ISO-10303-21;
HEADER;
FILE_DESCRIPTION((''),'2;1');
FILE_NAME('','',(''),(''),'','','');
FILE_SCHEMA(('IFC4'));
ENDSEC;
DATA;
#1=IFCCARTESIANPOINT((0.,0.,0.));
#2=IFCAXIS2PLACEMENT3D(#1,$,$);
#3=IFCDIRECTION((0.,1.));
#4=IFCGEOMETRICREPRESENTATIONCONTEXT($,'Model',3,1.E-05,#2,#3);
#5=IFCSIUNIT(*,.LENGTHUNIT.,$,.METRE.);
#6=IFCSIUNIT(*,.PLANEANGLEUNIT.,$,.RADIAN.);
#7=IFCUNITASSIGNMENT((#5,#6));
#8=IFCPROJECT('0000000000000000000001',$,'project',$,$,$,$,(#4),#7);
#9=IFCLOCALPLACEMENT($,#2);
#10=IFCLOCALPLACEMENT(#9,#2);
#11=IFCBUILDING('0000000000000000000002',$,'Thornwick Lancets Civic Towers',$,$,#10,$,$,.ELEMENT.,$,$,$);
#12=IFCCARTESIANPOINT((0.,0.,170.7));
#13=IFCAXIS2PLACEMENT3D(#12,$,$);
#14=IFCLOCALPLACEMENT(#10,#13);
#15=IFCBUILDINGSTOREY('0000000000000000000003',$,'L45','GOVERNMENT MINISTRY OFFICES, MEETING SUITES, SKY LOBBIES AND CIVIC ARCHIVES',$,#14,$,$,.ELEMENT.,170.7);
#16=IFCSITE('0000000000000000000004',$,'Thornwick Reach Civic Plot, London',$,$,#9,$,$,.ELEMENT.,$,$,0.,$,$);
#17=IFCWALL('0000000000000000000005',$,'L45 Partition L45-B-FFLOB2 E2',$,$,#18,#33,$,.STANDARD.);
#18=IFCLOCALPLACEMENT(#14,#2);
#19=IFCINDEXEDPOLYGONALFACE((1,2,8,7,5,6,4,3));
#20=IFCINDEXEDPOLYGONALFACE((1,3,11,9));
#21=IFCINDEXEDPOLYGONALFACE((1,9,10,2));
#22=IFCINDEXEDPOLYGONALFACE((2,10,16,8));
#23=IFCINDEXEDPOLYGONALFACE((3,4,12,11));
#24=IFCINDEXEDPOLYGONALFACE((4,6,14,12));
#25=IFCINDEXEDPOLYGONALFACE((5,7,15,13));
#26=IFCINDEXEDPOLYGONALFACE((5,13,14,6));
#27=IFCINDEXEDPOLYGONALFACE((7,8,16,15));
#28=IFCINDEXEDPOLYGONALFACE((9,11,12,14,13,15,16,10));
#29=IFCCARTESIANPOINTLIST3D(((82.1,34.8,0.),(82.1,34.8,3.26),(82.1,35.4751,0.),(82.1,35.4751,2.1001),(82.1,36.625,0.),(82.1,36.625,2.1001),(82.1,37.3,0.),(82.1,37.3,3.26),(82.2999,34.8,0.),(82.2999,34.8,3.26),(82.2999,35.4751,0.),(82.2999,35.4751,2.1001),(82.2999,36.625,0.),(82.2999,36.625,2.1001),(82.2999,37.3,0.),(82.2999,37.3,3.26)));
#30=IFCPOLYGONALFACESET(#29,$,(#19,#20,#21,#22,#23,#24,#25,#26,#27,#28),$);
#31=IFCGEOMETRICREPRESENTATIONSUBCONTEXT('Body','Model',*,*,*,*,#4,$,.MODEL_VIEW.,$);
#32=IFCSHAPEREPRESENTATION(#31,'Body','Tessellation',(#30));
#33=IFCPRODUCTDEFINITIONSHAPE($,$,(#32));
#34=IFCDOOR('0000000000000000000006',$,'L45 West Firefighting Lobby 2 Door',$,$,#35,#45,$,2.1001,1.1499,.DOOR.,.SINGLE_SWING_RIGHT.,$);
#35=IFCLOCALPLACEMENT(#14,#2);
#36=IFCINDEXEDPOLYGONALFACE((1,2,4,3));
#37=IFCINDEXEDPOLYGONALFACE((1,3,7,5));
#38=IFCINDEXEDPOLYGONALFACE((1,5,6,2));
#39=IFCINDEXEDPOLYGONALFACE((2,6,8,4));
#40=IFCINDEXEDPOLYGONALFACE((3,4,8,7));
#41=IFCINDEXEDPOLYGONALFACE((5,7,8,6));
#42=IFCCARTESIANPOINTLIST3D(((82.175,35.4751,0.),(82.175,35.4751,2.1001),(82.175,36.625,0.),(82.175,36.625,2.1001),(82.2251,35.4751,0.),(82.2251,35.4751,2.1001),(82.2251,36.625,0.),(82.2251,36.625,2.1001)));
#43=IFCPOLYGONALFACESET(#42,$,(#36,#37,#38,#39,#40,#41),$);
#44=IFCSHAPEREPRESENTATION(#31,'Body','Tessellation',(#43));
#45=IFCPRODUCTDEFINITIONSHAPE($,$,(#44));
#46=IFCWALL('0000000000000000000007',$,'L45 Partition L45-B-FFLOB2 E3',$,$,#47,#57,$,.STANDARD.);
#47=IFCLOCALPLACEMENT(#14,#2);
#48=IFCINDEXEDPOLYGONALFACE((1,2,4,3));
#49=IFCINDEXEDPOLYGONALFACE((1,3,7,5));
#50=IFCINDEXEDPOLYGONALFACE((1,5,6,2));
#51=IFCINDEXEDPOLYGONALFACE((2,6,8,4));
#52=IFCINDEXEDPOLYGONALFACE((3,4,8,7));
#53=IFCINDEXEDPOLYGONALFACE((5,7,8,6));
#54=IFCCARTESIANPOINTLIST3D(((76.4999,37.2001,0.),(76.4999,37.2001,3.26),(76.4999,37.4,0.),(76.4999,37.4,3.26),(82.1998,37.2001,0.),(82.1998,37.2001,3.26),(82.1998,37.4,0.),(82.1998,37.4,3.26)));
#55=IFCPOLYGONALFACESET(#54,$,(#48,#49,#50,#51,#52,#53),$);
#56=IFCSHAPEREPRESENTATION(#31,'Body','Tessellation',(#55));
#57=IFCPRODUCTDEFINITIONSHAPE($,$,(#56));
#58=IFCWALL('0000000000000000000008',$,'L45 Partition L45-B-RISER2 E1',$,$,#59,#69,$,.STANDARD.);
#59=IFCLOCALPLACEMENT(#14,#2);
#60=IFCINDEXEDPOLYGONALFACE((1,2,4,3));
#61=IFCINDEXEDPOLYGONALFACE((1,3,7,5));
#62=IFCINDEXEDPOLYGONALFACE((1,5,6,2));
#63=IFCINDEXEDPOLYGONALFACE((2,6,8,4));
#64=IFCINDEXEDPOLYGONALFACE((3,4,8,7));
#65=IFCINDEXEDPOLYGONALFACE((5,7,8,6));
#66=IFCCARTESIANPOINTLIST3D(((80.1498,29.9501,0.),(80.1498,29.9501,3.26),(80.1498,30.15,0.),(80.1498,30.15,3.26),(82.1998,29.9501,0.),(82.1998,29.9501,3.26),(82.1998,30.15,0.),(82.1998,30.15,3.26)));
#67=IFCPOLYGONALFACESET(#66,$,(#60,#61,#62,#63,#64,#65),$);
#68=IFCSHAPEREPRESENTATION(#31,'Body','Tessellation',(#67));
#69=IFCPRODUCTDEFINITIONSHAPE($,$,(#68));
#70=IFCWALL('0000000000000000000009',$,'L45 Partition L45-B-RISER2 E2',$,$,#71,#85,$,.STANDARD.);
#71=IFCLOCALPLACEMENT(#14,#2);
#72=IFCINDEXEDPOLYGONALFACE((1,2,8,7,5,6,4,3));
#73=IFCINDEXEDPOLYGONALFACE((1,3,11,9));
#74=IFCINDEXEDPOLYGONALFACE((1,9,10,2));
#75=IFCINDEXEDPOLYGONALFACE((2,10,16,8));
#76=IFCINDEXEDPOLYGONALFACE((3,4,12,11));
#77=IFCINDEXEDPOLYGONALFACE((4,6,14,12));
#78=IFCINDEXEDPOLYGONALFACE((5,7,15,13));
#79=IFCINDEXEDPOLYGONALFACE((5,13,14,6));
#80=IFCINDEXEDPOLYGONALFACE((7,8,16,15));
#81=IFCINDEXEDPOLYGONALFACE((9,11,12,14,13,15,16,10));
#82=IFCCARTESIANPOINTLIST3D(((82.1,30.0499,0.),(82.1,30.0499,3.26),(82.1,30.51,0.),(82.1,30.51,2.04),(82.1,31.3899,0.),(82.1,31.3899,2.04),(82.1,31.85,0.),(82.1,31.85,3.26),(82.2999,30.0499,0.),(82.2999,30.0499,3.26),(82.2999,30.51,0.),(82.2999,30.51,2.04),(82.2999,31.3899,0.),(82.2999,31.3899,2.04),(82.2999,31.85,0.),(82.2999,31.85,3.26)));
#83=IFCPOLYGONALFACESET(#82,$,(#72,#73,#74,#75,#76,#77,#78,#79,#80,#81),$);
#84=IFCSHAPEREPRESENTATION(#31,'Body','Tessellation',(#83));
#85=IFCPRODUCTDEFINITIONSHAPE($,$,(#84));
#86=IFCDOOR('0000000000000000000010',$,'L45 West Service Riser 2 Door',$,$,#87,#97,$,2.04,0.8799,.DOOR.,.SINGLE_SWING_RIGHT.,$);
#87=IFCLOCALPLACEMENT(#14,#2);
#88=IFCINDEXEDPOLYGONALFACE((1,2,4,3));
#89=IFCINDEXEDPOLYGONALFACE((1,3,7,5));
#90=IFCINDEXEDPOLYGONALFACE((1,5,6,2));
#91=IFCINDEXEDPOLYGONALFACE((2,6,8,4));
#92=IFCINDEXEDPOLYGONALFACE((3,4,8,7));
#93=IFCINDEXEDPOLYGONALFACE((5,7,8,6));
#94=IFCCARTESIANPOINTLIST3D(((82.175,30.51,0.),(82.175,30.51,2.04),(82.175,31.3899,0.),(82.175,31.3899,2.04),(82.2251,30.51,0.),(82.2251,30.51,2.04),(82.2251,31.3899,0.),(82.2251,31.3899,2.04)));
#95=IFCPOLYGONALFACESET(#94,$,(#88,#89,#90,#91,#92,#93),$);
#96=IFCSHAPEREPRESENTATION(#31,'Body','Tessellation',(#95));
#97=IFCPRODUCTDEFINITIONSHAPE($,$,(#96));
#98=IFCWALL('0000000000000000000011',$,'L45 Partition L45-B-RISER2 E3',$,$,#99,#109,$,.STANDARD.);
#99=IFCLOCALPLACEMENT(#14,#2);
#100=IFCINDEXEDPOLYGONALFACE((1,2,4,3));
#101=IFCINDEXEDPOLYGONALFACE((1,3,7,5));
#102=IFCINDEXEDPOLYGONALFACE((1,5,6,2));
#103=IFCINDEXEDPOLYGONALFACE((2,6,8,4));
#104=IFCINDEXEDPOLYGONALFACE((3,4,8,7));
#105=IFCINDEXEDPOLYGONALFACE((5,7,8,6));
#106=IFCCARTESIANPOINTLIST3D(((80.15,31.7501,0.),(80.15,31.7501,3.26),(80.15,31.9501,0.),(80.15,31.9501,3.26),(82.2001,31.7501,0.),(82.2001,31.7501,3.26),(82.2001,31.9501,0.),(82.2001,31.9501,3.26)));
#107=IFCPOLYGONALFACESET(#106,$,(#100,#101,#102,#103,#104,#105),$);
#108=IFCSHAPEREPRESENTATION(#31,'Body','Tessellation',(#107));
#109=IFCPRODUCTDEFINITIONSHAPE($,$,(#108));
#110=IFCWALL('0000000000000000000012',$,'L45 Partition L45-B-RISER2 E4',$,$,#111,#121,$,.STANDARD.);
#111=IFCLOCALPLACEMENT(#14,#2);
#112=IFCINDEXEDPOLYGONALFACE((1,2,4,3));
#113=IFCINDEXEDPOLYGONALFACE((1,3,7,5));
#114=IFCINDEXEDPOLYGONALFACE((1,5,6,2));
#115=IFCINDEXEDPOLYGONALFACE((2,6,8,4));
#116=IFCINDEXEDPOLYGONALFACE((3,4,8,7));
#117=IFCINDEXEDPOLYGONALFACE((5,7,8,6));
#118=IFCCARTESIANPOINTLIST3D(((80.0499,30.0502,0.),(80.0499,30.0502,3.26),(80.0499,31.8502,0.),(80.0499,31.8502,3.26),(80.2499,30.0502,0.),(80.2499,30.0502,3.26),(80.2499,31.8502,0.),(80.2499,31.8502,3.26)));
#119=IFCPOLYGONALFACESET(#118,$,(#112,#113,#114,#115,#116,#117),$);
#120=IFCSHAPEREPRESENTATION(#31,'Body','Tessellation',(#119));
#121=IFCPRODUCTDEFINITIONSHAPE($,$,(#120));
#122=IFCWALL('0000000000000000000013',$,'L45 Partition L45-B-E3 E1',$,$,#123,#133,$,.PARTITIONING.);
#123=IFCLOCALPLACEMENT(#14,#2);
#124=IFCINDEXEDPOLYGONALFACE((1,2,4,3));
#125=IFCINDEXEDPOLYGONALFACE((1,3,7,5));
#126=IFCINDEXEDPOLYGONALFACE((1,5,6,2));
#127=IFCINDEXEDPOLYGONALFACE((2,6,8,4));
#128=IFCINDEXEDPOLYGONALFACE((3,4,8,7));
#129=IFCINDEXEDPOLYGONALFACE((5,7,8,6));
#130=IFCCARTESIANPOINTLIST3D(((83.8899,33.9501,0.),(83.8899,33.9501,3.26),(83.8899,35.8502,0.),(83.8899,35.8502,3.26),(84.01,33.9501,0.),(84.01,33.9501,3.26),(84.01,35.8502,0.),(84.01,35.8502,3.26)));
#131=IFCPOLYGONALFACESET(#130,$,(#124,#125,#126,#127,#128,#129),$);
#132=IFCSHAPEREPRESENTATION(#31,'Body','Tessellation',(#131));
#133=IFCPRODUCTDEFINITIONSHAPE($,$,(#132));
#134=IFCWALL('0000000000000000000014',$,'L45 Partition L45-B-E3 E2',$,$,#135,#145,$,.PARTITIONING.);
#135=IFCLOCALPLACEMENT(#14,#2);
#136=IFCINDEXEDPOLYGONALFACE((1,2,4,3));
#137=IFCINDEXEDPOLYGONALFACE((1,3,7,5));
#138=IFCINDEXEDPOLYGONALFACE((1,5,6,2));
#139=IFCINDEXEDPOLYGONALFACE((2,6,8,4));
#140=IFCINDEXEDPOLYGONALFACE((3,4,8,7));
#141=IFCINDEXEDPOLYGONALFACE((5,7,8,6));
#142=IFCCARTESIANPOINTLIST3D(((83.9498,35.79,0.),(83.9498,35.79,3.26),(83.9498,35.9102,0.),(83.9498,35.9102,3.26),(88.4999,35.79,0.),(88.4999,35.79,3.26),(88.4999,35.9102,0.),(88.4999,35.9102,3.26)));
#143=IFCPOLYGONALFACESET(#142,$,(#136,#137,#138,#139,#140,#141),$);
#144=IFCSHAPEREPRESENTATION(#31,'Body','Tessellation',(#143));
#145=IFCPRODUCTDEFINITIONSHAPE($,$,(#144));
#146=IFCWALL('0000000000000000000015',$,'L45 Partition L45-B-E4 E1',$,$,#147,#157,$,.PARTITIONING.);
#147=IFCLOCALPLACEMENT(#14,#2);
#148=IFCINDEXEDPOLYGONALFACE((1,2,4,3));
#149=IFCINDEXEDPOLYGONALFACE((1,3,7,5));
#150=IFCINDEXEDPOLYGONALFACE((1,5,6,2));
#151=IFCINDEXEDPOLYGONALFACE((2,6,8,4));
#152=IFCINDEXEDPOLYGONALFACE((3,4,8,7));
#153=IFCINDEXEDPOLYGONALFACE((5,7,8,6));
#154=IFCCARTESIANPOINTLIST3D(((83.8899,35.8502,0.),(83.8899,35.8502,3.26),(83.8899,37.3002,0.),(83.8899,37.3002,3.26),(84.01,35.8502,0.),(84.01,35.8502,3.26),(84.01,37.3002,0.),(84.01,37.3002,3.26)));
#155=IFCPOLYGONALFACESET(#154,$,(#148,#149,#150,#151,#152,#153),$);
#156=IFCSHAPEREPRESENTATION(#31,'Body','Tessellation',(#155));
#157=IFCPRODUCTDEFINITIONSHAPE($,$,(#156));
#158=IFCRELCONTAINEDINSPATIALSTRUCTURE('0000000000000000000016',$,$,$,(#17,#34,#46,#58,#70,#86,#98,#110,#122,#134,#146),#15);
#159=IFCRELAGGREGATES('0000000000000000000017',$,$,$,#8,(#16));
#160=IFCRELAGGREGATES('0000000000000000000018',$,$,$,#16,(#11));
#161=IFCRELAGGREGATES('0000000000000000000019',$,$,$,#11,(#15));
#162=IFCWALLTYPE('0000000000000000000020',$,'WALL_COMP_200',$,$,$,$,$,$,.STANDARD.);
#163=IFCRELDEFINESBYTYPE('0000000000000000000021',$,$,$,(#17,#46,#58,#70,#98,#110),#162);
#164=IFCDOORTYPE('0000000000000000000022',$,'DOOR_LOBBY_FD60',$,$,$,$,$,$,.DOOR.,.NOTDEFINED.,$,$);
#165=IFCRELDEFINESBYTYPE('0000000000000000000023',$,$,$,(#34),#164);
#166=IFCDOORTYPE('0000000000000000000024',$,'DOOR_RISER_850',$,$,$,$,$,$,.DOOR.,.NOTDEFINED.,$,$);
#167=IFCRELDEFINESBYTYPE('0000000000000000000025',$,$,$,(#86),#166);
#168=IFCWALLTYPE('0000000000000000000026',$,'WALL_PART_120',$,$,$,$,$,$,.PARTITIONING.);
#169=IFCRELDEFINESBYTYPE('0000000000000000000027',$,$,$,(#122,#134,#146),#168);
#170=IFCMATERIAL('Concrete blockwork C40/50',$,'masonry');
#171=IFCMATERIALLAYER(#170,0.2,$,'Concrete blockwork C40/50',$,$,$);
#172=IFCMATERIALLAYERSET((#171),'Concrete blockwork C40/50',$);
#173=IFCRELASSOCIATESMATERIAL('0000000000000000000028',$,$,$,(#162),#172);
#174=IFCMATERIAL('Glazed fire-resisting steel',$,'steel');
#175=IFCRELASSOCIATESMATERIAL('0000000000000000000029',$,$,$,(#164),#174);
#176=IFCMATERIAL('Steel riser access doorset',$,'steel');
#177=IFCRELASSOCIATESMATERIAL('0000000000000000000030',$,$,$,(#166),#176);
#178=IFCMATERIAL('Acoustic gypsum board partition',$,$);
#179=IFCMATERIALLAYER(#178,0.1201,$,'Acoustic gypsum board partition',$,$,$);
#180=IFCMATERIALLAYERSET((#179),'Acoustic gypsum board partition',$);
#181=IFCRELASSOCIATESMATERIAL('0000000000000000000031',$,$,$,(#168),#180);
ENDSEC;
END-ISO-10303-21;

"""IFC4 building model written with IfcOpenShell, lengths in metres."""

from ifc_helpers import new_model, si_unit, direction, frame, frame_2d, origin, place, context, subcontext, project, spatial, rectangle, extrude, material, layer, layer_set, type_object, element, fill, save


model = new_model("IFC4")

# Units and contexts
model_context = context("Model", 3, precision=1e-05, world=origin(), true_north=direction((0.0, 1.0)))
body_context = subcontext(model_context, "Body", "Model", "MODEL_VIEW")
ifc_project = project(units=[si_unit("LENGTHUNIT", "METRE"), si_unit("PLANEANGLEUNIT", "RADIAN")], contexts=[model_context])

# Site, building, storey
site_placement = place(None, origin())
site = spatial("IfcSite", under=ifc_project, at=site_placement, Name="Thornwick Reach Civic Plot, London", CompositionType="ELEMENT", RefElevation=0.0)
building_placement = place(site_placement, origin())
building = spatial("IfcBuilding", under=site, at=building_placement, Name="Thornwick Lancets Civic Towers", CompositionType="ELEMENT")
storey_placement = place(building_placement, frame((0.0, 0.0, 170.7)))
storey = spatial("IfcBuildingStorey", under=building, at=storey_placement, Name="L45", Description="GOVERNMENT MINISTRY OFFICES, MEETING SUITES, SKY LOBBIES AND CIVIC ARCHIVES", CompositionType="ELEMENT", Elevation=170.7)

# Shared definitions
ifc_material_1 = material(Name="Concrete blockwork C40/50", Category="masonry")
ifc_layer_1 = layer(ifc_material_1, 0.2, Name="Concrete blockwork C40/50")
ifc_layer_set_1 = layer_set([ifc_layer_1], Name="Concrete blockwork C40/50")
wall_type_1 = type_object("IfcWallType", Name="WALL_COMP_200", PredefinedType="STANDARD", material=ifc_layer_set_1)

# Wall, opening, door
wall_1_placement = place(storey_placement, frame((82.2, 34.8, 0.0), z_axis=(0.0, 0.0, 1.0), x_axis=(0.0, 1.0, 0.0)))
wall_1 = element("IfcWall", 1, at=wall_1_placement, inside=storey, type_object=wall_type_1, Name="L45 Partition L45-B-FFLOB2 E2", PredefinedType="STANDARD", context=body_context, shape_type="SweptSolid", body=[
    extrude(rectangle(XDim=2.5, YDim=0.2, at=frame_2d((1.25, 0.0))), origin(), (0.0, 0.0, 1.0), 3.26),
])
opening_1_placement = place(wall_1_placement, frame((0.675, 0.0, 0.0)))
opening_1 = element("IfcOpeningElement", 2, at=opening_1_placement, cuts=wall_1, PredefinedType="OPENING", context=body_context, shape_type="SweptSolid", body=[
    extrude(rectangle(XDim=1.1499, YDim=2.1001, at=frame_2d((0.575, 1.05))), frame((0.0, 0.1099, 0.0), z_axis=(0.0, -1.0, 0.0), x_axis=(1.0, 0.0, 0.0)), (0.0, 0.0, 1.0), 0.22),
])
ifc_material_2 = material(Name="Glazed fire-resisting steel", Category="steel")
door_type_1 = type_object("IfcDoorType", Name="DOOR_LOBBY_FD60", OperationType="NOTDEFINED", PredefinedType="DOOR", material=ifc_material_2)
door_1_placement = place(opening_1_placement, origin())
door_1 = element("IfcDoor", 3, at=door_1_placement, inside=storey, type_object=door_type_1, Name="L45 West Firefighting Lobby 2 Door", OperationType="SINGLE_SWING_RIGHT", OverallHeight=2.1001, OverallWidth=1.1499, PredefinedType="DOOR", context=body_context, shape_type="SweptSolid", body=[
    extrude(rectangle(XDim=1.1499, YDim=2.1001, at=frame_2d((0.575, 1.05))), frame((0.0, 0.0249, 0.0), z_axis=(0.0, -1.0, 0.0), x_axis=(1.0, 0.0, 0.0)), (0.0, 0.0, 1.0), 0.05),
])
fill(opening_1, door_1)

# Walls
wall_2_placement = place(storey_placement, frame((82.2, 37.3, 0.0), z_axis=(0.0, 0.0, 1.0), x_axis=(-1.0, 0.0, 0.0)))
element("IfcWall", 4, at=wall_2_placement, inside=storey, type_object=wall_type_1, Name="L45 Partition L45-B-FFLOB2 E3", PredefinedType="STANDARD", context=body_context, shape_type="SweptSolid", body=[
    extrude(rectangle(XDim=5.7, YDim=0.2, at=frame_2d((2.8501, 0.0))), origin(), (0.0, 0.0, 1.0), 3.26),
])
wall_3_placement = place(storey_placement, frame((80.1499, 30.05, 0.0), z_axis=(0.0, 0.0, 1.0), x_axis=(1.0, 0.0, 0.0)))
element("IfcWall", 5, at=wall_3_placement, inside=storey, type_object=wall_type_1, Name="L45 Partition L45-B-RISER2 E1", PredefinedType="STANDARD", context=body_context, shape_type="SweptSolid", body=[
    extrude(rectangle(XDim=2.05, YDim=0.2, at=frame_2d((1.0249, 0.0))), origin(), (0.0, 0.0, 1.0), 3.26),
])

# Wall, opening, door
wall_4_placement = place(storey_placement, frame((82.2, 30.05, 0.0), z_axis=(0.0, 0.0, 1.0), x_axis=(0.0, 1.0, 0.0)))
wall_4 = element("IfcWall", 6, at=wall_4_placement, inside=storey, type_object=wall_type_1, Name="L45 Partition L45-B-RISER2 E2", PredefinedType="STANDARD", context=body_context, shape_type="SweptSolid", body=[
    extrude(rectangle(XDim=1.8, YDim=0.2, at=frame_2d((0.8999, 0.0))), origin(), (0.0, 0.0, 1.0), 3.26),
])
opening_2_placement = place(wall_4_placement, frame((0.46, 0.0, 0.0)))
opening_2 = element("IfcOpeningElement", 7, at=opening_2_placement, cuts=wall_4, PredefinedType="OPENING", context=body_context, shape_type="SweptSolid", body=[
    extrude(rectangle(XDim=0.8799, YDim=2.04, at=frame_2d((0.4399, 1.02))), frame((0.0, 0.1099, 0.0), z_axis=(0.0, -1.0, 0.0), x_axis=(1.0, 0.0, 0.0)), (0.0, 0.0, 1.0), 0.22),
])
ifc_material_3 = material(Name="Steel riser access doorset", Category="steel")
door_type_2 = type_object("IfcDoorType", Name="DOOR_RISER_850", OperationType="NOTDEFINED", PredefinedType="DOOR", material=ifc_material_3)
door_2_placement = place(opening_2_placement, origin())
door_2 = element("IfcDoor", 8, at=door_2_placement, inside=storey, type_object=door_type_2, Name="L45 West Service Riser 2 Door", OperationType="SINGLE_SWING_RIGHT", OverallHeight=2.04, OverallWidth=0.8799, PredefinedType="DOOR", context=body_context, shape_type="SweptSolid", body=[
    extrude(rectangle(XDim=0.8799, YDim=2.04, at=frame_2d((0.4399, 1.02))), frame((0.0, 0.0249, 0.0), z_axis=(0.0, -1.0, 0.0), x_axis=(1.0, 0.0, 0.0)), (0.0, 0.0, 1.0), 0.05),
])
fill(opening_2, door_2)

# Walls
wall_5_placement = place(storey_placement, frame((82.2, 31.8501, 0.0), z_axis=(0.0, 0.0, 1.0), x_axis=(-1.0, 0.0, 0.0)))
element("IfcWall", 9, at=wall_5_placement, inside=storey, type_object=wall_type_1, Name="L45 Partition L45-B-RISER2 E3", PredefinedType="STANDARD", context=body_context, shape_type="SweptSolid", body=[
    extrude(rectangle(XDim=2.05, YDim=0.2, at=frame_2d((1.0249, 0.0))), origin(), (0.0, 0.0, 1.0), 3.26),
])
wall_6_placement = place(storey_placement, frame((80.1499, 31.8501, 0.0), z_axis=(0.0, 0.0, 1.0), x_axis=(0.0, -1.0, 0.0)))
element("IfcWall", 10, at=wall_6_placement, inside=storey, type_object=wall_type_1, Name="L45 Partition L45-B-RISER2 E4", PredefinedType="STANDARD", context=body_context, shape_type="SweptSolid", body=[
    extrude(rectangle(XDim=1.8, YDim=0.2, at=frame_2d((0.8999, 0.0))), origin(), (0.0, 0.0, 1.0), 3.26),
])
ifc_material_4 = material(Name="Acoustic gypsum board partition")
ifc_layer_2 = layer(ifc_material_4, 0.1201, Name="Acoustic gypsum board partition")
ifc_layer_set_2 = layer_set([ifc_layer_2], Name="Acoustic gypsum board partition")
wall_type_2 = type_object("IfcWallType", Name="WALL_PART_120", PredefinedType="PARTITIONING", material=ifc_layer_set_2)
wall_7_placement = place(storey_placement, frame((83.95, 33.95, 0.0), z_axis=(0.0, 0.0, 1.0), x_axis=(0.0, 1.0, 0.0)))
element("IfcWall", 11, at=wall_7_placement, inside=storey, type_object=wall_type_2, Name="L45 Partition L45-B-E3 E1", PredefinedType="PARTITIONING", context=body_context, shape_type="SweptSolid", body=[
    extrude(rectangle(XDim=1.9001, YDim=0.1201, at=frame_2d((0.9502, 0.0))), origin(), (0.0, 0.0, 1.0), 3.26),
])
wall_8_placement = place(storey_placement, frame((83.95, 35.8501, 0.0), z_axis=(0.0, 0.0, 1.0), x_axis=(1.0, 0.0, 0.0)))
element("IfcWall", 12, at=wall_8_placement, inside=storey, type_object=wall_type_2, Name="L45 Partition L45-B-E3 E2", PredefinedType="PARTITIONING", context=body_context, shape_type="SweptSolid", body=[
    extrude(rectangle(XDim=4.55, YDim=0.1201, at=frame_2d((2.2749, 0.0))), origin(), (0.0, 0.0, 1.0), 3.26),
])
wall_9_placement = place(storey_placement, frame((83.95, 35.8501, 0.0), z_axis=(0.0, 0.0, 1.0), x_axis=(0.0, 1.0, 0.0)))
element("IfcWall", 13, at=wall_9_placement, inside=storey, type_object=wall_type_2, Name="L45 Partition L45-B-E4 E1", PredefinedType="PARTITIONING", context=body_context, shape_type="SweptSolid", body=[
    extrude(rectangle(XDim=1.45, YDim=0.1201, at=frame_2d((0.7251, 0.0))), origin(), (0.0, 0.0, 1.0), 3.26),
])

save(model, "model.ifc")
